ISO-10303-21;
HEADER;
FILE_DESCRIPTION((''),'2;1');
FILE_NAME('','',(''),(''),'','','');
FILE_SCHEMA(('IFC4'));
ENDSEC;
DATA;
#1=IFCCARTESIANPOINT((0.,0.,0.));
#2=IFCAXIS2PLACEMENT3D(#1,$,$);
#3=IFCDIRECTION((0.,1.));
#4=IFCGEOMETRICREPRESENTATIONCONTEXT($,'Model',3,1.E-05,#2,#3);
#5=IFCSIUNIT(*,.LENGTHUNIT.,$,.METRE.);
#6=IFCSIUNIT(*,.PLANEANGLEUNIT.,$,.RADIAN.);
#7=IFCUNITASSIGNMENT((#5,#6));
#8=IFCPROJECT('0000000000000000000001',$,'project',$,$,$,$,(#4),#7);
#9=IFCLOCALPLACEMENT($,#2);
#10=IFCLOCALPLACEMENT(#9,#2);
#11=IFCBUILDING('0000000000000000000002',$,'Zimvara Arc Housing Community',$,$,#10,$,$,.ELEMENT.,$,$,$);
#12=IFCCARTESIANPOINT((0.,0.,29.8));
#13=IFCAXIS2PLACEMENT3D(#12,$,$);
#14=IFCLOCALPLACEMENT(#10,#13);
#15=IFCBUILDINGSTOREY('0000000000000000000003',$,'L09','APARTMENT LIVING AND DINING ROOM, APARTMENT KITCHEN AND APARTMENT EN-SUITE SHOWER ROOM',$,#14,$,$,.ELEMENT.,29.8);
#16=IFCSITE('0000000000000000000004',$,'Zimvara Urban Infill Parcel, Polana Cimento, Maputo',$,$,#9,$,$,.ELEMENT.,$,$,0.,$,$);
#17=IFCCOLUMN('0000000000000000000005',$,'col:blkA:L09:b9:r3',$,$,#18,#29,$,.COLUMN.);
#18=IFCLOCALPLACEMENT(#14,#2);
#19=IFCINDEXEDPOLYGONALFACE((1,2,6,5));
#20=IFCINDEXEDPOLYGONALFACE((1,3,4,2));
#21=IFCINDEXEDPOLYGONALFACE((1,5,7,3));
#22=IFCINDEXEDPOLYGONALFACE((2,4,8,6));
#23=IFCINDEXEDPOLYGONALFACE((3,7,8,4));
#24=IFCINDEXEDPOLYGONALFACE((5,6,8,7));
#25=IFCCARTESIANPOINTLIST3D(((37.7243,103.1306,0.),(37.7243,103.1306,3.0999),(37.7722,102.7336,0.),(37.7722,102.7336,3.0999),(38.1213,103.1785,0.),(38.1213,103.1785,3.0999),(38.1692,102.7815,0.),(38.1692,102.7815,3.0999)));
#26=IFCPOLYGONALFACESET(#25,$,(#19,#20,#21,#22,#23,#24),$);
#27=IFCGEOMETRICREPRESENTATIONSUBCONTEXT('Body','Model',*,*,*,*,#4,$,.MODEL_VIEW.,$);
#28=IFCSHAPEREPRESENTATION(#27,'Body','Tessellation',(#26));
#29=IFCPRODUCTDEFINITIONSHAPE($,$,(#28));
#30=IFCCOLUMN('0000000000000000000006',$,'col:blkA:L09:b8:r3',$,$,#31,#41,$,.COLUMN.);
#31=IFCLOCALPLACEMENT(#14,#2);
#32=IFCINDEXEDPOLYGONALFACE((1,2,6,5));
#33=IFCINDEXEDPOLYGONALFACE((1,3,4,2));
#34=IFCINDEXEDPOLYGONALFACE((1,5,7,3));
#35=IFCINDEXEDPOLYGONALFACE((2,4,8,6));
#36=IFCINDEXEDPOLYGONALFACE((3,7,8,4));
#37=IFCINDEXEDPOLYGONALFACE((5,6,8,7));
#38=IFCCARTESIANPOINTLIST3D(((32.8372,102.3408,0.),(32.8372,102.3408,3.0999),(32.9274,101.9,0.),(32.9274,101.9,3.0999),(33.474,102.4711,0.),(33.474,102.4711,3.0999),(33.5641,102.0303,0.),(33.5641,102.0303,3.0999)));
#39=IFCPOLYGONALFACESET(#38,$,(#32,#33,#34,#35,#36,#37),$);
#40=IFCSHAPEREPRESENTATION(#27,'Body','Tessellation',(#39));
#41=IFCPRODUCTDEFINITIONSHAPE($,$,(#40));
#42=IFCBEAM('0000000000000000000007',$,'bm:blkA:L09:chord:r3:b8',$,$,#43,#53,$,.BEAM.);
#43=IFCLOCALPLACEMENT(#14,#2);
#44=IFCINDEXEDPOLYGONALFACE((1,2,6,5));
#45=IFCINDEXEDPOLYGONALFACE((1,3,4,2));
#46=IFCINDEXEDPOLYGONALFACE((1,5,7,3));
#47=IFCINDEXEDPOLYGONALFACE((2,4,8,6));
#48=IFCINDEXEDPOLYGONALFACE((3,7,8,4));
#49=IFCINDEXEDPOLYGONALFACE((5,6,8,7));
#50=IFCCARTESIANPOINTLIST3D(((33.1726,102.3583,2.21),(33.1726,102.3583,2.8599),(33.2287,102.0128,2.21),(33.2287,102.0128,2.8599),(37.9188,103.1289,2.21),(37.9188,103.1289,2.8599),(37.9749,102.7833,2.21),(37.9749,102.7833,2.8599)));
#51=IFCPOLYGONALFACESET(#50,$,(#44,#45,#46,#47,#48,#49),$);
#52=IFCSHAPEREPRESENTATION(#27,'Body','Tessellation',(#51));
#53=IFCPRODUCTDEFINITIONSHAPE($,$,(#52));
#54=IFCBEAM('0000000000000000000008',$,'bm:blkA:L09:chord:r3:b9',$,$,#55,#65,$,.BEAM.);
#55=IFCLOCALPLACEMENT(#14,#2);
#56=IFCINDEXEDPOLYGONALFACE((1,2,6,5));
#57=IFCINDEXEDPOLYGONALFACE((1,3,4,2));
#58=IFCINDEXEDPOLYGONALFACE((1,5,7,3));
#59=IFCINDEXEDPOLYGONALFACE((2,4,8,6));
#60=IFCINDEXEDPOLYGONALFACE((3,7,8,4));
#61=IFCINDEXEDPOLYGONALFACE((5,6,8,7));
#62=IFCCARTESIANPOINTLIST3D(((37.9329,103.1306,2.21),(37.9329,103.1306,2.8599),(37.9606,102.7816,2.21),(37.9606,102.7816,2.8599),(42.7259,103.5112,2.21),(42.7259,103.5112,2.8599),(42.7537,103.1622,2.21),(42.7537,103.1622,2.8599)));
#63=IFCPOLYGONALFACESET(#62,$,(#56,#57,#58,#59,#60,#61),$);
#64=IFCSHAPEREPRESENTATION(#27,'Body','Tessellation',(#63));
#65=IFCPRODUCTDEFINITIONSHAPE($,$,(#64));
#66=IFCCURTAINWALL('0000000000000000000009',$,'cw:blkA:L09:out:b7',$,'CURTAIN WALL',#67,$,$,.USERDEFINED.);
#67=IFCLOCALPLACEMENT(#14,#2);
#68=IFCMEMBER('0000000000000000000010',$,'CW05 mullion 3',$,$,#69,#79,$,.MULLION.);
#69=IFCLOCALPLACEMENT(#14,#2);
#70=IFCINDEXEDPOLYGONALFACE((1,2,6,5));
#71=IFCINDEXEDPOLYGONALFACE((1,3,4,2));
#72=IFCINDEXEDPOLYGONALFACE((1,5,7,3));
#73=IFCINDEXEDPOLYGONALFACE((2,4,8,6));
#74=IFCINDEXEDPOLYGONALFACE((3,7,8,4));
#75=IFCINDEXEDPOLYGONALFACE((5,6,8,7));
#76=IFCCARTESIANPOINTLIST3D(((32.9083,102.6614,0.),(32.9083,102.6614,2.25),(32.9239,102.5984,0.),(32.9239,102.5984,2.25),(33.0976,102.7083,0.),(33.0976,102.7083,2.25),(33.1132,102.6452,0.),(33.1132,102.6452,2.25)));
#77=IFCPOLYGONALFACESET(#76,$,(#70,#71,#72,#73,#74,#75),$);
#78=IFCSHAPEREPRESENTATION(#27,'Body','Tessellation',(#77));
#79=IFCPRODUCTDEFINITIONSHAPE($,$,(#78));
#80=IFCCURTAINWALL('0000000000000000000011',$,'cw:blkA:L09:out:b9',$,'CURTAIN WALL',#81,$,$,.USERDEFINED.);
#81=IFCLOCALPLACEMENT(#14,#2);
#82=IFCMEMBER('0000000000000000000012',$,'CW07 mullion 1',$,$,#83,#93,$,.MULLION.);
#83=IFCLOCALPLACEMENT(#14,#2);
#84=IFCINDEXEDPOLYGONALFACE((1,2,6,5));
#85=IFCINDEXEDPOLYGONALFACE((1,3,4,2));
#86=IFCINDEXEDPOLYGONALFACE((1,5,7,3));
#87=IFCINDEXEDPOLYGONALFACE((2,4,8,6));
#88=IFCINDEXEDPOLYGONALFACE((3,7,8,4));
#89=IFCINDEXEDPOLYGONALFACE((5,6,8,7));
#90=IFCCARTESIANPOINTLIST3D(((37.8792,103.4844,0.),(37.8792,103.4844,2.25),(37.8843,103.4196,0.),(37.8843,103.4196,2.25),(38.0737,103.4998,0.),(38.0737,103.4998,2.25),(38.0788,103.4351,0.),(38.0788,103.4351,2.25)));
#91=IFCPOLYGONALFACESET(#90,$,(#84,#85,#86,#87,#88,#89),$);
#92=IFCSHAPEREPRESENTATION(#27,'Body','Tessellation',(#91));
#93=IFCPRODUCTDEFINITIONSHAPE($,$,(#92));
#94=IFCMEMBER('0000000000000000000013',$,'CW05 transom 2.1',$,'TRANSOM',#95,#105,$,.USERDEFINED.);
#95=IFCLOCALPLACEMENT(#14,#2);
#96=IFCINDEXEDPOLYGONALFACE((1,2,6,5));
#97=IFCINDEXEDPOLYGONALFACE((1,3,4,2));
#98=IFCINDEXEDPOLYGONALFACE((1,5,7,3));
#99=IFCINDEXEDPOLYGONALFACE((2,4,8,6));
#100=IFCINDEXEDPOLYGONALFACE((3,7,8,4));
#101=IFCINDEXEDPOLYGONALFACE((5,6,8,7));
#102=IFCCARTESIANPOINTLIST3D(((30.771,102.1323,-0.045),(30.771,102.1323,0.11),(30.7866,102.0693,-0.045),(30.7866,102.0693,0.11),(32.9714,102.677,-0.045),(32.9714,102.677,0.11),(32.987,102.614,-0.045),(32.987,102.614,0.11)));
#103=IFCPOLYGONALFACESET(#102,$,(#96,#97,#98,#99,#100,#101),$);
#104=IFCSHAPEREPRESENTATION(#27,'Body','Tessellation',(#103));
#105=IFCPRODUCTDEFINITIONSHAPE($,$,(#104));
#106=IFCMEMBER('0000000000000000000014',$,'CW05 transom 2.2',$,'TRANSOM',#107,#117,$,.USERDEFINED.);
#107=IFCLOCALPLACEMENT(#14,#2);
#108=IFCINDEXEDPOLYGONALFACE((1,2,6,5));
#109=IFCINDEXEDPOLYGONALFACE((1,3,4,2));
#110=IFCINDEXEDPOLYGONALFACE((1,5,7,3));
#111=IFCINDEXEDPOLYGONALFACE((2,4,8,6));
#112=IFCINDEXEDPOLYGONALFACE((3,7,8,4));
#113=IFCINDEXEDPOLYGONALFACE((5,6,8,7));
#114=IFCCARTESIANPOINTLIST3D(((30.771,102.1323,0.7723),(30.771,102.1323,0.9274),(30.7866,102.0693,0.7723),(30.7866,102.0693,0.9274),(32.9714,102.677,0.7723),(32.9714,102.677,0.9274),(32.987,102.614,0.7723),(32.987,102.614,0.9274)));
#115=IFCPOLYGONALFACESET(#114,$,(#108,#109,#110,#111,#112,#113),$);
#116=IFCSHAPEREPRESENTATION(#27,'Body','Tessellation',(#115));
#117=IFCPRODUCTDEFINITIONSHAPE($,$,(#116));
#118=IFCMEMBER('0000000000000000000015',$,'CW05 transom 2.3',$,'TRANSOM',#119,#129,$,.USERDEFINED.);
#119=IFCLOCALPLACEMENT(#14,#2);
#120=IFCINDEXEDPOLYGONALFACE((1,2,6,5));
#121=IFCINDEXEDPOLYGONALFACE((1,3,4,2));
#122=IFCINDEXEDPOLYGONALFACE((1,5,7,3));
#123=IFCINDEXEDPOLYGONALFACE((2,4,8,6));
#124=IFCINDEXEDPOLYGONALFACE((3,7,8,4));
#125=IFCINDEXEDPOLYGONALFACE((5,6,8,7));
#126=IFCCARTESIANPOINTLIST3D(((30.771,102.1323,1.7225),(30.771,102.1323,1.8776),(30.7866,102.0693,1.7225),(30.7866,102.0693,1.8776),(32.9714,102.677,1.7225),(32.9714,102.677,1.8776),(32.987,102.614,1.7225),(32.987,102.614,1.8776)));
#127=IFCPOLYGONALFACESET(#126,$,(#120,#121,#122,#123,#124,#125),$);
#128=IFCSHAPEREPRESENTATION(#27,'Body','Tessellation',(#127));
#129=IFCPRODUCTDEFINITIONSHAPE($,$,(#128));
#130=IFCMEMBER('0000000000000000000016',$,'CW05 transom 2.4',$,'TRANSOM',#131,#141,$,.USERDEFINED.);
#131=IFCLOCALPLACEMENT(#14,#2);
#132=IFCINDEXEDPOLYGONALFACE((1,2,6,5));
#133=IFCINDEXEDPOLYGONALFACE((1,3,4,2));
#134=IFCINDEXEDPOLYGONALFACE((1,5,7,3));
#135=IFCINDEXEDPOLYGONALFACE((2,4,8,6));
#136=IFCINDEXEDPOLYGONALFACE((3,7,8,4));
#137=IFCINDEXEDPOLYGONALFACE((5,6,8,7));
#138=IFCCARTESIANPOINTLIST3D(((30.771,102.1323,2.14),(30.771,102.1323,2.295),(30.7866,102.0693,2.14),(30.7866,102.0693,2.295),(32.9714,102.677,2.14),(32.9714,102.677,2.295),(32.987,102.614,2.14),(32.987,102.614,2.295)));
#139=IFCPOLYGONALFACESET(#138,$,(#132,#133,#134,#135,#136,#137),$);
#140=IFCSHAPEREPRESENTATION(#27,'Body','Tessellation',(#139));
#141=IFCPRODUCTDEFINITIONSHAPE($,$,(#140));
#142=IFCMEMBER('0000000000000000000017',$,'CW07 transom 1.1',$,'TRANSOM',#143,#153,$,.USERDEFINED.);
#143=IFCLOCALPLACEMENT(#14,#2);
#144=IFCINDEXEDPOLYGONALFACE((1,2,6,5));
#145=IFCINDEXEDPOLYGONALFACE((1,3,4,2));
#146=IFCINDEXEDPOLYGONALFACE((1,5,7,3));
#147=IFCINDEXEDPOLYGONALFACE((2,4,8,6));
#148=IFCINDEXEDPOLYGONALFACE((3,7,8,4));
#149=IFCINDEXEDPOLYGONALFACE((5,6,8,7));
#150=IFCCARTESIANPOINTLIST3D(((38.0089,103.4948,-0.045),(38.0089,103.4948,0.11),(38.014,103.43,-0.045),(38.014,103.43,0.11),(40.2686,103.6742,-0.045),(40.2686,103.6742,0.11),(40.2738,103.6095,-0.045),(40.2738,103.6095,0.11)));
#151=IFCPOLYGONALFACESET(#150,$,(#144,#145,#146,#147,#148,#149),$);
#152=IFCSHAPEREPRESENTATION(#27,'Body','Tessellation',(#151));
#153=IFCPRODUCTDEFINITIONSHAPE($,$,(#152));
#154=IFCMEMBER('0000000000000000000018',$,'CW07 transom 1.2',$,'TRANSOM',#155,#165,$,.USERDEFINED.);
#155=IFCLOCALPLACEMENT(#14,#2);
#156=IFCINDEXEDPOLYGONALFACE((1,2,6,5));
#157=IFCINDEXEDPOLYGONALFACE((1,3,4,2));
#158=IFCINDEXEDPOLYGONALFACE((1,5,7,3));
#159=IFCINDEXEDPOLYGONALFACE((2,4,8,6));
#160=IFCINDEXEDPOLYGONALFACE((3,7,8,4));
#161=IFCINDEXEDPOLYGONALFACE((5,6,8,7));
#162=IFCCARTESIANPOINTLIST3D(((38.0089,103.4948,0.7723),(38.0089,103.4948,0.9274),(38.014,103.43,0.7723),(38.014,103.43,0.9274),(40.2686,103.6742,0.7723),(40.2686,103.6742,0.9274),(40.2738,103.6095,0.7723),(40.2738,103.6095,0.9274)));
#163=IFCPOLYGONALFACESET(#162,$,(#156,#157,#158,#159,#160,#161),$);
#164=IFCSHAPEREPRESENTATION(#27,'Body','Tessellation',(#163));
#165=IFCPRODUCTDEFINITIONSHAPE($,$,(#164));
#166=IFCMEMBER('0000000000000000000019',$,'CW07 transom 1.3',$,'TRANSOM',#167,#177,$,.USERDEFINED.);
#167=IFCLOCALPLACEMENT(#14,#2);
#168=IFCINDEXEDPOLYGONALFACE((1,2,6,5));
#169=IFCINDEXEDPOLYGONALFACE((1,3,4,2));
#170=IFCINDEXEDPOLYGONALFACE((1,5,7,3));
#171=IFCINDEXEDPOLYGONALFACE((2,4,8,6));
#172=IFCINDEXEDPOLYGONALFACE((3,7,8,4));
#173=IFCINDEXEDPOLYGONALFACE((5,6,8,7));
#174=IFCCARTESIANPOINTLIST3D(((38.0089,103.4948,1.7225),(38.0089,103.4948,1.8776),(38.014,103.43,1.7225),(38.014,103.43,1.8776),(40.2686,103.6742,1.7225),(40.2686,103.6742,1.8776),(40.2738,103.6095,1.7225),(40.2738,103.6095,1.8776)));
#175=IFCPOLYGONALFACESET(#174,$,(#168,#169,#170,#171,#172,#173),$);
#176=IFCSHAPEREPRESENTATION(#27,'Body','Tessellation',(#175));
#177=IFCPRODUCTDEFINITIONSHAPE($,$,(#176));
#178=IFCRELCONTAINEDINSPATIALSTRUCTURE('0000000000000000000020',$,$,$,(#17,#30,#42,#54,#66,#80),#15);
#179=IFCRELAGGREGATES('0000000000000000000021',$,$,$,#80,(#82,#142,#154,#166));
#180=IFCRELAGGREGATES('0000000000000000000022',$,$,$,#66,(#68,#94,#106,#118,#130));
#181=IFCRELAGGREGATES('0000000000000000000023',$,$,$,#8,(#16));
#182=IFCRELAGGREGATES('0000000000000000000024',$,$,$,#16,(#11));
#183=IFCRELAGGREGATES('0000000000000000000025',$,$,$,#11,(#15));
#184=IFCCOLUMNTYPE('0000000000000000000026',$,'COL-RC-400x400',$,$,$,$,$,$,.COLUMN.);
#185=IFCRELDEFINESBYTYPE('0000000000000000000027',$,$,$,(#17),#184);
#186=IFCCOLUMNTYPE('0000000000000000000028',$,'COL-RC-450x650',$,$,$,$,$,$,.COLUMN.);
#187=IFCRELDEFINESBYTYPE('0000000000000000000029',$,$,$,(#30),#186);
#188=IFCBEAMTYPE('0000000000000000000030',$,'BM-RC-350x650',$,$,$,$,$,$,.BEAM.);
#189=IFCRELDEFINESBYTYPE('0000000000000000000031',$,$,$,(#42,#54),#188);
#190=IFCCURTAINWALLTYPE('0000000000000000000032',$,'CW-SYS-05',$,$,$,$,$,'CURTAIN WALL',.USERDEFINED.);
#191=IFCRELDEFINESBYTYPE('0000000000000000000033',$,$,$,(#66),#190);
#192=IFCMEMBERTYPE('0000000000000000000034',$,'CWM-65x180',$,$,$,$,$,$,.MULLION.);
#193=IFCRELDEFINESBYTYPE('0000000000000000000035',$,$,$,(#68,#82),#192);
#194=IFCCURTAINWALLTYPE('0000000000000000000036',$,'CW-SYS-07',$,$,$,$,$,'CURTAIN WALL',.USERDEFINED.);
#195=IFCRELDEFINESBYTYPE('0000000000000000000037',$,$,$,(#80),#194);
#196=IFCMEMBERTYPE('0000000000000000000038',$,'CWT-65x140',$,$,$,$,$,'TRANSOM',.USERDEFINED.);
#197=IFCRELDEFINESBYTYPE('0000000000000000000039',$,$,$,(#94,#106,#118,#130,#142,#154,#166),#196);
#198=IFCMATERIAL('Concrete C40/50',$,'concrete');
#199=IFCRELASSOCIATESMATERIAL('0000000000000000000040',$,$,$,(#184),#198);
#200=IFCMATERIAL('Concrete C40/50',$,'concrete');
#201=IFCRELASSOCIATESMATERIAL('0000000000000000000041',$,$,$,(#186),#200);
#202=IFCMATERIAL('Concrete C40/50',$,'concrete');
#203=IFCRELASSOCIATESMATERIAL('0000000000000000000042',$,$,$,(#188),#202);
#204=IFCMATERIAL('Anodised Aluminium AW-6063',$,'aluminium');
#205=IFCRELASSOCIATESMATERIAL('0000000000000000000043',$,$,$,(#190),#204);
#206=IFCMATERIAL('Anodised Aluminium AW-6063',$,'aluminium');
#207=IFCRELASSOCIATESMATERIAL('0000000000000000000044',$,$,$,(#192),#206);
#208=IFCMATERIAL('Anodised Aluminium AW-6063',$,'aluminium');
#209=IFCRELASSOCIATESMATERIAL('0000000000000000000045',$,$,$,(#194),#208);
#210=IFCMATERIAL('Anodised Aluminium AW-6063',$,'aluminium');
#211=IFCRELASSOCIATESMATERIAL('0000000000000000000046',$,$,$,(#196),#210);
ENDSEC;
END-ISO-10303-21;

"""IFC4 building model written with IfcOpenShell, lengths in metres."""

from ifc_helpers import new_model, si_unit, direction, frame, origin, origin_2d, place, context, subcontext, project, spatial, rectangle, extrude, material, material_profile, profile_set, type_object, element, aggregate, save


model = new_model("IFC4")

# Units and contexts
model_context = context("Model", 3, precision=1e-05, world=origin(), true_north=direction((0.0, 1.0)))
body_context = subcontext(model_context, "Body", "Model", "MODEL_VIEW")
ifc_project = project(units=[si_unit("LENGTHUNIT", "METRE"), si_unit("PLANEANGLEUNIT", "RADIAN")], contexts=[model_context])

# Site, building, storey
site_placement = place(None, origin())
site = spatial("IfcSite", under=ifc_project, at=site_placement, Name="Zimvara Urban Infill Parcel, Polana Cimento, Maputo", CompositionType="ELEMENT", RefElevation=0.0)
building_placement = place(site_placement, origin())
building = spatial("IfcBuilding", under=site, at=building_placement, Name="Zimvara Arc Housing Community", CompositionType="ELEMENT")
storey_placement = place(building_placement, frame((0.0, 0.0, 29.8)))
storey = spatial("IfcBuildingStorey", under=building, at=storey_placement, Name="L09", Description="APARTMENT LIVING AND DINING ROOM, APARTMENT KITCHEN AND APARTMENT EN-SUITE SHOWER ROOM", CompositionType="ELEMENT", Elevation=29.8)

# Columns
ifc_material_1 = material(Name="Concrete C40/50", Category="concrete")
ifc_material_profile_1 = material_profile(ifc_material_1, rectangle(XDim=0.3999, YDim=0.3999, at=origin_2d()), Name="RC 400x400")
ifc_profile_set_1 = profile_set([ifc_material_profile_1], Name="Concrete C40/50")
column_type_1 = type_object("IfcColumnType", Name="COL-RC-400x400", PredefinedType="COLUMN", material=ifc_profile_set_1)
column_1_placement = place(storey_placement, frame((37.9468, 102.9561, 0.0), z_axis=(0.0, 0.0, 1.0), x_axis=(-0.11979, 0.992799, 0.0)))
element("IfcColumn", 1, at=column_1_placement, inside=storey, type_object=column_type_1, Name="col:blkA:L09:b9:r3", PredefinedType="COLUMN", context=body_context, shape_type="SweptSolid", body=[
    extrude(rectangle(XDim=0.3999, YDim=0.3999, at=origin_2d()), origin(), (0.0, 0.0, 1.0), 3.0999),
])
ifc_material_2 = material(Name="Concrete C40/50", Category="concrete")
ifc_material_profile_2 = material_profile(ifc_material_2, rectangle(XDim=0.45, YDim=0.6499, at=origin_2d()), Name="RC 450x650")
ifc_profile_set_2 = profile_set([ifc_material_profile_2], Name="Concrete C40/50")
column_type_2 = type_object("IfcColumnType", Name="COL-RC-450x650", PredefinedType="COLUMN", material=ifc_profile_set_2)
column_2_placement = place(storey_placement, frame((33.2007, 102.1855, 0.0), z_axis=(0.0, 0.0, 1.0), x_axis=(-0.200394, 0.979715, 0.0)))
element("IfcColumn", 2, at=column_2_placement, inside=storey, type_object=column_type_2, Name="col:blkA:L09:b8:r3", PredefinedType="COLUMN", context=body_context, shape_type="SweptSolid", body=[
    extrude(rectangle(XDim=0.45, YDim=0.6499, at=origin_2d()), origin(), (0.0, 0.0, 1.0), 3.0999),
])

# Beams
ifc_material_3 = material(Name="Concrete C40/50", Category="concrete")
ifc_material_profile_3 = material_profile(ifc_material_3, rectangle(XDim=0.3501, YDim=0.6499, at=origin_2d()), Name="RC 350x650")
ifc_profile_set_3 = profile_set([ifc_material_profile_3], Name="Concrete C40/50")
beam_type = type_object("IfcBeamType", Name="BM-RC-350x650", PredefinedType="BEAM", material=ifc_profile_set_3)
beam_1_placement = place(storey_placement, frame((33.2007, 102.1855, 2.5349), z_axis=(0.987077, 0.160248, 0.0), x_axis=(-0.160248, 0.987077, 0.0)))
element("IfcBeam", 3, at=beam_1_placement, inside=storey, type_object=beam_type, Name="bm:blkA:L09:chord:r3:b8", PredefinedType="BEAM", context=body_context, shape_type="SweptSolid", body=[
    extrude(rectangle(XDim=0.3501, YDim=0.6499, at=origin_2d()), origin(), (0.0, 0.0, 1.0), 4.8083),
])
beam_2_placement = place(storey_placement, frame((37.9468, 102.9561, 2.5349), z_axis=(0.996862, 0.079162, 0.0), x_axis=(-0.079162, 0.996862, 0.0)))
element("IfcBeam", 4, at=beam_2_placement, inside=storey, type_object=beam_type, Name="bm:blkA:L09:chord:r3:b9", PredefinedType="BEAM", context=body_context, shape_type="SweptSolid", body=[
    extrude(rectangle(XDim=0.3501, YDim=0.6499, at=origin_2d()), origin(), (0.0, 0.0, 1.0), 4.8081),
])

# Curtain walls, members
ifc_material_4 = material(Name="Anodised Aluminium AW-6063", Category="aluminium")
curtain_wall_type_1 = type_object("IfcCurtainWallType", Name="CW-SYS-05", ElementType="CURTAIN WALL", PredefinedType="USERDEFINED", material=ifc_material_4)
curtain_wall_1_placement = place(storey_placement, origin())
curtain_wall_1 = element("IfcCurtainWall", 5, at=curtain_wall_1_placement, inside=storey, type_object=curtain_wall_type_1, Name="cw:blkA:L09:out:b7", ObjectType="CURTAIN WALL", PredefinedType="USERDEFINED")
ifc_material_5 = material(Name="Anodised Aluminium AW-6063", Category="aluminium")
ifc_material_profile_4 = material_profile(ifc_material_5, rectangle(XDim=0.0649, YDim=0.1951, at=origin_2d()), Name="ALU 65x195")
ifc_profile_set_4 = profile_set([ifc_material_profile_4], Name="Anodised Aluminium AW-6063")
member_type_1 = type_object("IfcMemberType", Name="CWM-65x180", PredefinedType="MULLION", material=ifc_profile_set_4)
member_1_placement = place(storey_placement, frame((33.0107, 102.6533, 0.0), z_axis=(0.0, 0.0, 1.0), x_axis=(-0.24023, 0.970716, 0.0)))
member_1 = element("IfcMember", 6, at=member_1_placement, type_object=member_type_1, Name="CW05 mullion 3", PredefinedType="MULLION", context=body_context, shape_type="SweptSolid", body=[
    extrude(rectangle(XDim=0.0649, YDim=0.1951, at=origin_2d()), origin(), (0.0, 0.0, 1.0), 2.25),
])
ifc_material_6 = material(Name="Anodised Aluminium AW-6063", Category="aluminium")
curtain_wall_type_2 = type_object("IfcCurtainWallType", Name="CW-SYS-07", ElementType="CURTAIN WALL", PredefinedType="USERDEFINED", material=ifc_material_6)
curtain_wall_2_placement = place(storey_placement, origin())
curtain_wall_2 = element("IfcCurtainWall", 7, at=curtain_wall_2_placement, inside=storey, type_object=curtain_wall_type_2, Name="cw:blkA:L09:out:b9", ObjectType="CURTAIN WALL", PredefinedType="USERDEFINED")
member_2_placement = place(storey_placement, frame((37.979, 103.4597, 0.0), z_axis=(0.0, 0.0, 1.0), x_axis=(-0.079154, 0.996862, 0.0)))
member_2 = element("IfcMember", 8, at=member_2_placement, type_object=member_type_1, Name="CW07 mullion 1", PredefinedType="MULLION", context=body_context, shape_type="SweptSolid", body=[
    extrude(rectangle(XDim=0.0649, YDim=0.1951, at=origin_2d()), origin(), (0.0, 0.0, 1.0), 2.25),
])

# Members
ifc_material_7 = material(Name="Anodised Aluminium AW-6063", Category="aluminium")
ifc_material_profile_5 = material_profile(ifc_material_7, rectangle(XDim=0.0649, YDim=0.155, at=origin_2d()), Name="ALU 65x155")
ifc_profile_set_5 = profile_set([ifc_material_profile_5], Name="Anodised Aluminium AW-6063")
member_type_2 = type_object("IfcMemberType", Name="CWT-65x140", ElementType="TRANSOM", PredefinedType="USERDEFINED", material=ifc_profile_set_5)
member_3_placement = place(storey_placement, frame((30.7788, 102.1008, 0.0325), z_axis=(0.970704, 0.24028, 0.0), x_axis=(-0.24028, 0.970704, 0.0)))
member_3 = element("IfcMember", 9, at=member_3_placement, type_object=member_type_2, Name="CW05 transom 2.1", ObjectType="TRANSOM", PredefinedType="USERDEFINED", context=body_context, shape_type="SweptSolid", body=[
    extrude(rectangle(XDim=0.0649, YDim=0.155, at=origin_2d()), origin(), (0.0, 0.0, 1.0), 2.2668),
])
member_4_placement = place(storey_placement, frame((30.7788, 102.1008, 0.8499), z_axis=(0.970704, 0.24028, 0.0), x_axis=(-0.24028, 0.970704, 0.0)))
member_4 = element("IfcMember", 10, at=member_4_placement, type_object=member_type_2, Name="CW05 transom 2.2", ObjectType="TRANSOM", PredefinedType="USERDEFINED", context=body_context, shape_type="SweptSolid", body=[
    extrude(rectangle(XDim=0.0649, YDim=0.155, at=origin_2d()), origin(), (0.0, 0.0, 1.0), 2.2668),
])
member_5_placement = place(storey_placement, frame((30.7788, 102.1008, 1.8), z_axis=(0.970704, 0.24028, 0.0), x_axis=(-0.24028, 0.970704, 0.0)))
member_5 = element("IfcMember", 11, at=member_5_placement, type_object=member_type_2, Name="CW05 transom 2.3", ObjectType="TRANSOM", PredefinedType="USERDEFINED", context=body_context, shape_type="SweptSolid", body=[
    extrude(rectangle(XDim=0.0649, YDim=0.155, at=origin_2d()), origin(), (0.0, 0.0, 1.0), 2.2668),
])
member_6_placement = place(storey_placement, frame((30.7788, 102.1008, 2.2175), z_axis=(0.970704, 0.24028, 0.0), x_axis=(-0.24028, 0.970704, 0.0)))
member_6 = element("IfcMember", 12, at=member_6_placement, type_object=member_type_2, Name="CW05 transom 2.4", ObjectType="TRANSOM", PredefinedType="USERDEFINED", context=body_context, shape_type="SweptSolid", body=[
    extrude(rectangle(XDim=0.0649, YDim=0.155, at=origin_2d()), origin(), (0.0, 0.0, 1.0), 2.2668),
])
member_7_placement = place(storey_placement, frame((38.0115, 103.4624, 0.0325), z_axis=(0.996862, 0.079159, 0.0), x_axis=(-0.079159, 0.996862, 0.0)))
member_7 = element("IfcMember", 13, at=member_7_placement, type_object=member_type_2, Name="CW07 transom 1.1", ObjectType="TRANSOM", PredefinedType="USERDEFINED", context=body_context, shape_type="SweptSolid", body=[
    extrude(rectangle(XDim=0.0649, YDim=0.155, at=origin_2d()), origin(), (0.0, 0.0, 1.0), 2.2668),
])
member_8_placement = place(storey_placement, frame((38.0115, 103.4624, 0.8499), z_axis=(0.996862, 0.079159, 0.0), x_axis=(-0.079159, 0.996862, 0.0)))
member_8 = element("IfcMember", 14, at=member_8_placement, type_object=member_type_2, Name="CW07 transom 1.2", ObjectType="TRANSOM", PredefinedType="USERDEFINED", context=body_context, shape_type="SweptSolid", body=[
    extrude(rectangle(XDim=0.0649, YDim=0.155, at=origin_2d()), origin(), (0.0, 0.0, 1.0), 2.2668),
])
member_9_placement = place(storey_placement, frame((38.0115, 103.4624, 1.8), z_axis=(0.996862, 0.079159, 0.0), x_axis=(-0.079159, 0.996862, 0.0)))
member_9 = element("IfcMember", 15, at=member_9_placement, type_object=member_type_2, Name="CW07 transom 1.3", ObjectType="TRANSOM", PredefinedType="USERDEFINED", context=body_context, shape_type="SweptSolid", body=[
    extrude(rectangle(XDim=0.0649, YDim=0.155, at=origin_2d()), origin(), (0.0, 0.0, 1.0), 2.2668),
])
aggregate(curtain_wall_2, [member_2, member_7, member_8, member_9])

aggregate(curtain_wall_1, [member_1, member_3, member_4, member_5, member_6])

save(model, "model.ifc")
